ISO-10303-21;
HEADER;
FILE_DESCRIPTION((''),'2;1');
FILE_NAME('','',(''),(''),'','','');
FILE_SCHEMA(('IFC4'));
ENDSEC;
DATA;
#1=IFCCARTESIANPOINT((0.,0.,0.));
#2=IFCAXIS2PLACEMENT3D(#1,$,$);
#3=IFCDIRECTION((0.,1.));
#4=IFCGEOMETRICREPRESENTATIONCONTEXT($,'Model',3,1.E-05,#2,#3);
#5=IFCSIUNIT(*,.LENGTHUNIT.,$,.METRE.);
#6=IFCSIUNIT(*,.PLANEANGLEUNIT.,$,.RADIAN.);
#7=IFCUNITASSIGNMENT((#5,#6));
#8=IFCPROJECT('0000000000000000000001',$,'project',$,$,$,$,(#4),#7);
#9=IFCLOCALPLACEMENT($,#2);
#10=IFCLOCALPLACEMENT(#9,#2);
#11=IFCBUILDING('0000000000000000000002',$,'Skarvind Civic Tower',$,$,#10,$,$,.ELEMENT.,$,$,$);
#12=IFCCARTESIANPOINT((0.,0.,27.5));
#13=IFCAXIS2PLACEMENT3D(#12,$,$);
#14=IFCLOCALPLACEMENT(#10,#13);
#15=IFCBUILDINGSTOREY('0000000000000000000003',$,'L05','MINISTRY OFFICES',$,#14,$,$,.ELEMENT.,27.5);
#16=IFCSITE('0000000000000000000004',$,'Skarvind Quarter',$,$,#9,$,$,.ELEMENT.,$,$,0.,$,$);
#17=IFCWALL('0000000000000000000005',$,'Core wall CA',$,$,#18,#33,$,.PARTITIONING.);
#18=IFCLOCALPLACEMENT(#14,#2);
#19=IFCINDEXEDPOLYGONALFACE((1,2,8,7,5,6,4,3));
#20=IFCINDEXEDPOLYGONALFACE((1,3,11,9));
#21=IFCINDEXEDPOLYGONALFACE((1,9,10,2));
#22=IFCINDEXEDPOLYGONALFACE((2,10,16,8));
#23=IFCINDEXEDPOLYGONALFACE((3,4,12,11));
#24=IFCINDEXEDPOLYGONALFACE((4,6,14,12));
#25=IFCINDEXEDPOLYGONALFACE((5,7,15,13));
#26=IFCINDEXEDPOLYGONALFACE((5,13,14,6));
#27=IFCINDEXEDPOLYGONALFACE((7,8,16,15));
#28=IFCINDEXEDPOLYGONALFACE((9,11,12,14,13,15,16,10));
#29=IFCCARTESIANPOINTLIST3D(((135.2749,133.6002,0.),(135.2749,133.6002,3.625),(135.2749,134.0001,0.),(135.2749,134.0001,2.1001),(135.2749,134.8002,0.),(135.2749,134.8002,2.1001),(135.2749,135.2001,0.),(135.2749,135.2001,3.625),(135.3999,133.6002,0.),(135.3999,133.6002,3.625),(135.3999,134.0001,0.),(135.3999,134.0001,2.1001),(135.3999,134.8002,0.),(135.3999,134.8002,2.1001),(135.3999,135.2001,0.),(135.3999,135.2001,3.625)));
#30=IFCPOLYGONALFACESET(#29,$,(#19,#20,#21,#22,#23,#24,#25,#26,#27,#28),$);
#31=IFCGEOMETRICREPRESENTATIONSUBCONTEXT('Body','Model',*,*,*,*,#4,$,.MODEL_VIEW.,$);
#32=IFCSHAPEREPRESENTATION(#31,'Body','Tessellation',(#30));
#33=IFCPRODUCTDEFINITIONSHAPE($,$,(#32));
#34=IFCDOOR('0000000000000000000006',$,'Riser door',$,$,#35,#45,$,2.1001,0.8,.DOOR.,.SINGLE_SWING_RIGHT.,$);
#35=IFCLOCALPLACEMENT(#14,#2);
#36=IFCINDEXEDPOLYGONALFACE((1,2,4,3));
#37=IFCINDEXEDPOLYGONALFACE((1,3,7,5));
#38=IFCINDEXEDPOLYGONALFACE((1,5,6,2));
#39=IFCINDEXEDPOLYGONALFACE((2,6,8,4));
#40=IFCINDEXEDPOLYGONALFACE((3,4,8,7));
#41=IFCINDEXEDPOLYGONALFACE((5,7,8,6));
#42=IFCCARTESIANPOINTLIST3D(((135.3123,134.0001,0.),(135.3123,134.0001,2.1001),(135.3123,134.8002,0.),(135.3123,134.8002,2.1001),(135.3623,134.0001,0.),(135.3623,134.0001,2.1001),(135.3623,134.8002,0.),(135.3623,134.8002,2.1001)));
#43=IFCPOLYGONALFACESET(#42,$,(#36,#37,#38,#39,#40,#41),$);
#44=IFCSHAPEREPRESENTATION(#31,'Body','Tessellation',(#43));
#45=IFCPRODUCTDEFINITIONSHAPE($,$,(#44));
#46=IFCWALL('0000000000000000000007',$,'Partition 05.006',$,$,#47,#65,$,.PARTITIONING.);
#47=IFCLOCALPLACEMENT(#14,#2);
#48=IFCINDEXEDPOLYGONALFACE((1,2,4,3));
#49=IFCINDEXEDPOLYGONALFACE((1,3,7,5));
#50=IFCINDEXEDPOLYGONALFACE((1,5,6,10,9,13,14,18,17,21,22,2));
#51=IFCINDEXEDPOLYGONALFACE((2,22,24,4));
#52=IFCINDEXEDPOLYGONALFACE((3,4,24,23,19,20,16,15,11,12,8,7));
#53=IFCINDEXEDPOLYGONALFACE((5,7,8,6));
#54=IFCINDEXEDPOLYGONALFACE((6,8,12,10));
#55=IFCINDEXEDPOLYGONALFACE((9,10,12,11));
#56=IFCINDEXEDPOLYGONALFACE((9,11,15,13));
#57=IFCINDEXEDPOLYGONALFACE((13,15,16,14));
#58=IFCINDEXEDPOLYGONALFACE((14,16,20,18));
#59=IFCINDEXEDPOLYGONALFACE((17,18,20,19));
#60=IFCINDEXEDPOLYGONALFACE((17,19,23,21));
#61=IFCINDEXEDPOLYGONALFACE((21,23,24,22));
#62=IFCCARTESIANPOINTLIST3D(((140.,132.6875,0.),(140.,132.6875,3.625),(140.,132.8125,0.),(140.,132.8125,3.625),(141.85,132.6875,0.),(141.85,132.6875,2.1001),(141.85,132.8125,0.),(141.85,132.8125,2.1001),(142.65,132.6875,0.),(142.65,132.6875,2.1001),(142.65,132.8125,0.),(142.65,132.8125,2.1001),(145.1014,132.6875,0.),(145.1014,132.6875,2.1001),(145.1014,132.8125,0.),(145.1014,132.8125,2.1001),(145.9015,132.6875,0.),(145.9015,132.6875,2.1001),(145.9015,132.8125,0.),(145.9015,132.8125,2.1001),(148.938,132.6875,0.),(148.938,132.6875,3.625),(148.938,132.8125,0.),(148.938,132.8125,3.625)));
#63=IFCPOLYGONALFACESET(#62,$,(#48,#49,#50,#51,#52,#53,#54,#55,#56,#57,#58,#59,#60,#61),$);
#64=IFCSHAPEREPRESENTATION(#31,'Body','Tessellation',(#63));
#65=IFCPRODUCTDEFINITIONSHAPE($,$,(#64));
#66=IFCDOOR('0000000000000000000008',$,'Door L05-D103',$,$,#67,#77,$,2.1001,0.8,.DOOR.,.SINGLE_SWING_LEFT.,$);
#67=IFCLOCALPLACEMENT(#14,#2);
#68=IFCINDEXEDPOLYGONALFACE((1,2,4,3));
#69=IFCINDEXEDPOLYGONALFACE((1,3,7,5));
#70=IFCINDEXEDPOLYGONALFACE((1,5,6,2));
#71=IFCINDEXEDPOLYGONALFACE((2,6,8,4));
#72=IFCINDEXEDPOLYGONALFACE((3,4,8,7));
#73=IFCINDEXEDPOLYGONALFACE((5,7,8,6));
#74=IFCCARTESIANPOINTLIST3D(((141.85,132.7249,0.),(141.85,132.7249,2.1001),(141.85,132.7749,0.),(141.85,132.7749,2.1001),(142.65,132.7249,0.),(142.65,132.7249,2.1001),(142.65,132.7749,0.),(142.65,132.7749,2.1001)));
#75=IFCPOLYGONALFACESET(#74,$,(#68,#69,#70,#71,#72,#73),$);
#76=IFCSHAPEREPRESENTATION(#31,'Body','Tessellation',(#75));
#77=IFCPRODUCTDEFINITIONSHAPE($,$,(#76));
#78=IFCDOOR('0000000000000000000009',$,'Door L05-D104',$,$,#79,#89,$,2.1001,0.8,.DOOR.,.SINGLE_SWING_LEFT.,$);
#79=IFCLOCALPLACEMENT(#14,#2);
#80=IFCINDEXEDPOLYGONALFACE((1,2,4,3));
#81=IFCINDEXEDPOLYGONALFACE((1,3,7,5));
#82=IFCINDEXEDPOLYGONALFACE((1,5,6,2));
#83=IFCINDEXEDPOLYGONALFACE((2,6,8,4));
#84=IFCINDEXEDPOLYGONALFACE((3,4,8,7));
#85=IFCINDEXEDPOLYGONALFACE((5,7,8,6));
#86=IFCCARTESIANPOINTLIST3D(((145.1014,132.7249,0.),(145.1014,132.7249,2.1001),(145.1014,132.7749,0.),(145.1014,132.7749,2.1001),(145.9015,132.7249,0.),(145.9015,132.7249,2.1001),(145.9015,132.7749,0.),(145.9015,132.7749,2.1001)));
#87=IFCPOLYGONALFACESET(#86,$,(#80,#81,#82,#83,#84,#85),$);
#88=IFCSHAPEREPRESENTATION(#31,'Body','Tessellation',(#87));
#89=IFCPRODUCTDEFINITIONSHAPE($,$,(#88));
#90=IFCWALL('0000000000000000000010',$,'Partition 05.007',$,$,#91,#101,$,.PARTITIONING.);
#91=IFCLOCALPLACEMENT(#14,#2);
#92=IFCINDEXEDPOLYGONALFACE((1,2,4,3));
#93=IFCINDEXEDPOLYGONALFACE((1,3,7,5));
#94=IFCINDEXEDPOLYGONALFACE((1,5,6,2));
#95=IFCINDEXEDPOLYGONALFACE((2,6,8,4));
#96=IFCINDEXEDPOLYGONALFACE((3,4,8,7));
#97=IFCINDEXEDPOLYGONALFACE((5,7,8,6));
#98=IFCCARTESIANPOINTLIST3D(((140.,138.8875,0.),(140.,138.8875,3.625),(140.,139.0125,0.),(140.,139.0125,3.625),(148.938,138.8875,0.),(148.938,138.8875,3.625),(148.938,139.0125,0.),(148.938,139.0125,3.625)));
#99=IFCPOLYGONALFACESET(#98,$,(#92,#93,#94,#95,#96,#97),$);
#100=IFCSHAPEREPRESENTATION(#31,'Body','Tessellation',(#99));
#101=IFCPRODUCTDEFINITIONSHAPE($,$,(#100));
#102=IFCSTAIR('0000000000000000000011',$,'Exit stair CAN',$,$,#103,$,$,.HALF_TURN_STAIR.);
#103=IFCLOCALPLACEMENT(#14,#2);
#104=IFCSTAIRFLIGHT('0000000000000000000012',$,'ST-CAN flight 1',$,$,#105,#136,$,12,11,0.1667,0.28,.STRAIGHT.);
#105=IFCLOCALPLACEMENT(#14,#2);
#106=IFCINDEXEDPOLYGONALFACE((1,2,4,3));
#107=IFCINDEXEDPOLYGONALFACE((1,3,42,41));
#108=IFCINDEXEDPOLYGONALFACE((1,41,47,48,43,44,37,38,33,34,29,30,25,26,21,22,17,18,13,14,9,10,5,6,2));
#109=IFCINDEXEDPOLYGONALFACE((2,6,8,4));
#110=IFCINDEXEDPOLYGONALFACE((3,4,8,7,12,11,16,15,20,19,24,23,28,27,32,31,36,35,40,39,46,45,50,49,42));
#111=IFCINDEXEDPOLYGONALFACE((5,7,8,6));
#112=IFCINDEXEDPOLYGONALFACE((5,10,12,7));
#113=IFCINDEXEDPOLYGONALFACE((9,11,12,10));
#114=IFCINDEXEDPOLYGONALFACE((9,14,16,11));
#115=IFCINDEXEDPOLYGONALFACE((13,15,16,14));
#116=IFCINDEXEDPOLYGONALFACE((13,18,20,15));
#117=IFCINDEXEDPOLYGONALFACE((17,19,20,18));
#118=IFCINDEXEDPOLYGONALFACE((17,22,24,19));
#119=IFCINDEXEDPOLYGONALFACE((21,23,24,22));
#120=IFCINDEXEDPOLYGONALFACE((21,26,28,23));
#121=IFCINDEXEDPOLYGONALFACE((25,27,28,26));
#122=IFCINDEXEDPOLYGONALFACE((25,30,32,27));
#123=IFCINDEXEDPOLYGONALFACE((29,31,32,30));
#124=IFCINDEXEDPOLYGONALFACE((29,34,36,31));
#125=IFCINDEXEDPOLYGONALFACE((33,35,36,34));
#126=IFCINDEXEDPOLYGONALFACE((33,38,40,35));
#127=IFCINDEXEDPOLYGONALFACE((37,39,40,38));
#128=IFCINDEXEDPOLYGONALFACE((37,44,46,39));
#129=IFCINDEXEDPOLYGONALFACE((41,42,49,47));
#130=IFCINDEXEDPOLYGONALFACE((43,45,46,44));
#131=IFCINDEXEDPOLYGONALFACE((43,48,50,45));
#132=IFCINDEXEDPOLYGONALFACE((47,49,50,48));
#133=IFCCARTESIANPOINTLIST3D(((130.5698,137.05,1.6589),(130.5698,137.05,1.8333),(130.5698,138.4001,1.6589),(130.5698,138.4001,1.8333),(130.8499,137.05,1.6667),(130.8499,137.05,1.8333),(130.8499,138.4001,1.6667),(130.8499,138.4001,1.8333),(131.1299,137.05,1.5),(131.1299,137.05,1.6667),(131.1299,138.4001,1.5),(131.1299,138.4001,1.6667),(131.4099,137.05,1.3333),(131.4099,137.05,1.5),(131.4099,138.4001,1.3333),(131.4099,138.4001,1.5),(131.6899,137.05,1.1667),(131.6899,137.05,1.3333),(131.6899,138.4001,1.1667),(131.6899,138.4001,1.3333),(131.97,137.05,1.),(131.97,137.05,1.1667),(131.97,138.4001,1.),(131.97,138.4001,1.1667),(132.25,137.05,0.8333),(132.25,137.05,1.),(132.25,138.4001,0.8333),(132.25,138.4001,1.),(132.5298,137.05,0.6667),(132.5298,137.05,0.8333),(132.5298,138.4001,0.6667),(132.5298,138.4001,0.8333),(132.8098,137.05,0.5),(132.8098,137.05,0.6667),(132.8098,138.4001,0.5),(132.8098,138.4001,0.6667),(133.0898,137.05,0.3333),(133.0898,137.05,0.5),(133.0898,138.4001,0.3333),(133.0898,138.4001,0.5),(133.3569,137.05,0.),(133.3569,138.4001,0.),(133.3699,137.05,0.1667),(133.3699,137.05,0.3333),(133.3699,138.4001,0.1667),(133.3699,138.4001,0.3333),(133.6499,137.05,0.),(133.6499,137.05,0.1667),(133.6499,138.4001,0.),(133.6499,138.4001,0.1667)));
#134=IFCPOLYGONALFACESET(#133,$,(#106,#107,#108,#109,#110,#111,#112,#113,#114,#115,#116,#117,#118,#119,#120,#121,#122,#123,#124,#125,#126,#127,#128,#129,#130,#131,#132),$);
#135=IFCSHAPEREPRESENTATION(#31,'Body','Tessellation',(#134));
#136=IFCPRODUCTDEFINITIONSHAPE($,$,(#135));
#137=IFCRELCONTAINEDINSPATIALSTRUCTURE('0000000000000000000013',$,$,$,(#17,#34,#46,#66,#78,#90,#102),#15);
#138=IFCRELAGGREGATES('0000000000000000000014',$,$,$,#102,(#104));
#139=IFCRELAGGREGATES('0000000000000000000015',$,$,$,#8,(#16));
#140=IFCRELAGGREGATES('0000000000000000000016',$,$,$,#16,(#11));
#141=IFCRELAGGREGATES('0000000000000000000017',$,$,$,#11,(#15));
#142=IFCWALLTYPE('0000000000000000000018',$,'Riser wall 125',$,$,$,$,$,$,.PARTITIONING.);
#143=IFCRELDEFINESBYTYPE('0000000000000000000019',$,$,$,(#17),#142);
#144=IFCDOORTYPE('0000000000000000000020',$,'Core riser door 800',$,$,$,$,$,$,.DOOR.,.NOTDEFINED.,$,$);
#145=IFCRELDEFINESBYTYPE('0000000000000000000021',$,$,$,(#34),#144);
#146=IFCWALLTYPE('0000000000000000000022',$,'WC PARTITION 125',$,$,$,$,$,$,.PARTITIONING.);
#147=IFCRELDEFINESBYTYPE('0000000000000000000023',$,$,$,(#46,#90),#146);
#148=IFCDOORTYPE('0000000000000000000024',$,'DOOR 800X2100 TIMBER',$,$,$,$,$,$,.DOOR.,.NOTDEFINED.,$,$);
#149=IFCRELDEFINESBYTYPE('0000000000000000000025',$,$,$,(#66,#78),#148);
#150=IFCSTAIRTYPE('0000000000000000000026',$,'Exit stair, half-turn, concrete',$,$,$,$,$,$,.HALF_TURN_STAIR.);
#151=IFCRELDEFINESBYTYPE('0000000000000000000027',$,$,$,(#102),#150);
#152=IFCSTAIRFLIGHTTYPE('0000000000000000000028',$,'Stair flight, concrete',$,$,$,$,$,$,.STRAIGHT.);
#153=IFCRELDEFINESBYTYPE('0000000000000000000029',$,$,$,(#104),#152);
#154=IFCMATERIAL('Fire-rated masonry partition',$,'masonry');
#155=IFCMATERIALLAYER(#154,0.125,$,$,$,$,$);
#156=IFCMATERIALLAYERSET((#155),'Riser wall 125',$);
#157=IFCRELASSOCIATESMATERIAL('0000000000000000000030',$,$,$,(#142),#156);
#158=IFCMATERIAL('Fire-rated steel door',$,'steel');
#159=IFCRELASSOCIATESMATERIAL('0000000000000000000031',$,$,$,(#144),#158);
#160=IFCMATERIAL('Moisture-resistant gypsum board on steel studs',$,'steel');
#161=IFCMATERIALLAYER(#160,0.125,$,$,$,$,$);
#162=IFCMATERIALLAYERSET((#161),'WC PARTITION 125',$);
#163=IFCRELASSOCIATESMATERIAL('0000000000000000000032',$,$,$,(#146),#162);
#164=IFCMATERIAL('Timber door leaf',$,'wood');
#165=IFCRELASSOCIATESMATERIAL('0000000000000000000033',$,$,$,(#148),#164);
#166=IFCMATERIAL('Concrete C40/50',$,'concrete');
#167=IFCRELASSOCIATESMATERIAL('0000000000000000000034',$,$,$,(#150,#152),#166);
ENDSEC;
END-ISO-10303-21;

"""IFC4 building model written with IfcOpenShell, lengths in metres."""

from ifc_helpers import new_model, si_unit, direction, frame, frame_2d, origin, place, context, subcontext, project, spatial, polyline, rectangle, outline, extrude, material, layer, layer_set, type_object, element, fill, aggregate, save


model = new_model("IFC4")

# Units and contexts
model_context = context("Model", 3, precision=1e-05, world=origin(), true_north=direction((0.0, 1.0)))
body_context = subcontext(model_context, "Body", "Model", "MODEL_VIEW")
ifc_project = project(units=[si_unit("LENGTHUNIT", "METRE"), si_unit("PLANEANGLEUNIT", "RADIAN")], contexts=[model_context])

# Site, building, storey
site_placement = place(None, origin())
site = spatial("IfcSite", under=ifc_project, at=site_placement, Name="Skarvind Quarter", CompositionType="ELEMENT", RefElevation=0.0)
building_placement = place(site_placement, origin())
building = spatial("IfcBuilding", under=site, at=building_placement, Name="Skarvind Civic Tower", CompositionType="ELEMENT")
storey_placement = place(building_placement, frame((0.0, 0.0, 27.5)))
storey = spatial("IfcBuildingStorey", under=building, at=storey_placement, Name="L05", Description="MINISTRY OFFICES", CompositionType="ELEMENT", Elevation=27.5)

# Shared definitions
ifc_material_1 = material(Name="Timber door leaf", Category="wood")
ifc_material_2 = material(Name="Fire-rated masonry partition", Category="masonry")
ifc_material_3 = material(Name="Fire-rated steel door", Category="steel")

# Wall, opening, door
ifc_layer_1 = layer(ifc_material_2, 0.125)
ifc_layer_set_1 = layer_set([ifc_layer_1], Name="Riser wall 125")
wall_type_1 = type_object("IfcWallType", Name="Riser wall 125", PredefinedType="PARTITIONING", material=ifc_layer_set_1)
wall_1_placement = place(storey_placement, frame((135.3374, 135.2, 0.0), z_axis=(0.0, 0.0, 1.0), x_axis=(0.0, -1.0, 0.0)))
wall_1 = element("IfcWall", 1, at=wall_1_placement, inside=storey, type_object=wall_type_1, Name="Core wall CA", PredefinedType="PARTITIONING", context=body_context, shape_type="SweptSolid", body=[
    extrude(rectangle(XDim=1.5999, YDim=0.125, at=frame_2d((0.7998, 0.0))), origin(), (0.0, 0.0, 1.0), 3.625),
])
opening_1_placement = place(wall_1_placement, frame((0.3999, 0.0, 0.0)))
opening_1 = element("IfcOpeningElement", 2, at=opening_1_placement, cuts=wall_1, PredefinedType="OPENING", context=body_context, shape_type="SweptSolid", body=[
    extrude(rectangle(XDim=0.8, YDim=2.1001, at=frame_2d((0.3999, 1.05))), frame((0.0, 0.0725, 0.0), z_axis=(0.0, -1.0, 0.0), x_axis=(1.0, 0.0, 0.0)), (0.0, 0.0, 1.0), 0.145),
])
door_type_1 = type_object("IfcDoorType", Name="Core riser door 800", OperationType="NOTDEFINED", PredefinedType="DOOR", material=ifc_material_3)
door_1_placement = place(opening_1_placement, origin())
door_1 = element("IfcDoor", 3, at=door_1_placement, inside=storey, type_object=door_type_1, Name="Riser door", OperationType="SINGLE_SWING_RIGHT", OverallHeight=2.1001, OverallWidth=0.8, PredefinedType="DOOR", context=body_context, shape_type="SweptSolid", body=[
    extrude(rectangle(XDim=0.8, YDim=2.1001, at=frame_2d((0.3999, 1.05))), frame((0.0, 0.0249, 0.0), z_axis=(0.0, -1.0, 0.0), x_axis=(1.0, 0.0, 0.0)), (0.0, 0.0, 1.0), 0.05),
])
fill(opening_1, door_1)

# Wall, openings, doors
ifc_material_4 = material(Name="Moisture-resistant gypsum board on steel studs", Category="steel")
ifc_layer_2 = layer(ifc_material_4, 0.125)
ifc_layer_set_2 = layer_set([ifc_layer_2], Name="WC PARTITION 125")
wall_type_2 = type_object("IfcWallType", Name="WC PARTITION 125", PredefinedType="PARTITIONING", material=ifc_layer_set_2)
wall_2_placement = place(storey_placement, frame((140.0, 132.75, 0.0), z_axis=(0.0, 0.0, 1.0), x_axis=(1.0, 0.0, 0.0)))
wall_2 = element("IfcWall", 4, at=wall_2_placement, inside=storey, type_object=wall_type_2, Name="Partition 05.006", PredefinedType="PARTITIONING", context=body_context, shape_type="SweptSolid", body=[
    extrude(rectangle(XDim=8.938, YDim=0.125, at=frame_2d((4.469, 0.0))), origin(), (0.0, 0.0, 1.0), 3.625),
])
opening_2_placement = place(wall_2_placement, frame((1.8501, 0.0, 0.0)))
opening_2 = element("IfcOpeningElement", 5, at=opening_2_placement, cuts=wall_2, PredefinedType="OPENING", context=body_context, shape_type="SweptSolid", body=[
    extrude(rectangle(XDim=0.8, YDim=2.1001, at=frame_2d((0.3999, 1.05))), frame((0.0, 0.0725, 0.0), z_axis=(0.0, -1.0, 0.0), x_axis=(1.0, 0.0, 0.0)), (0.0, 0.0, 1.0), 0.145),
])
opening_3_placement = place(wall_2_placement, frame((5.1016, 0.0, 0.0)))
opening_3 = element("IfcOpeningElement", 6, at=opening_3_placement, cuts=wall_2, PredefinedType="OPENING", context=body_context, shape_type="SweptSolid", body=[
    extrude(rectangle(XDim=0.8, YDim=2.1001, at=frame_2d((0.3999, 1.05))), frame((0.0, 0.0725, 0.0), z_axis=(0.0, -1.0, 0.0), x_axis=(1.0, 0.0, 0.0)), (0.0, 0.0, 1.0), 0.145),
])
door_type_2 = type_object("IfcDoorType", Name="DOOR 800X2100 TIMBER", OperationType="NOTDEFINED", PredefinedType="DOOR", material=ifc_material_1)
door_2_placement = place(opening_2_placement, origin())
door_2 = element("IfcDoor", 7, at=door_2_placement, inside=storey, type_object=door_type_2, Name="Door L05-D103", OperationType="SINGLE_SWING_LEFT", OverallHeight=2.1001, OverallWidth=0.8, PredefinedType="DOOR", context=body_context, shape_type="SweptSolid", body=[
    extrude(rectangle(XDim=0.8, YDim=2.1001, at=frame_2d((0.3999, 1.05))), frame((0.0, 0.0249, 0.0), z_axis=(0.0, -1.0, 0.0), x_axis=(1.0, 0.0, 0.0)), (0.0, 0.0, 1.0), 0.05),
])
fill(opening_2, door_2)
door_3_placement = place(opening_3_placement, origin())
door_3 = element("IfcDoor", 8, at=door_3_placement, inside=storey, type_object=door_type_2, Name="Door L05-D104", OperationType="SINGLE_SWING_LEFT", OverallHeight=2.1001, OverallWidth=0.8, PredefinedType="DOOR", context=body_context, shape_type="SweptSolid", body=[
    extrude(rectangle(XDim=0.8, YDim=2.1001, at=frame_2d((0.3999, 1.05))), frame((0.0, 0.0249, 0.0), z_axis=(0.0, -1.0, 0.0), x_axis=(1.0, 0.0, 0.0)), (0.0, 0.0, 1.0), 0.05),
])
fill(opening_3, door_3)

# Wall
wall_3_placement = place(storey_placement, frame((140.0, 138.95, 0.0), z_axis=(0.0, 0.0, 1.0), x_axis=(1.0, 0.0, 0.0)))
element("IfcWall", 9, at=wall_3_placement, inside=storey, type_object=wall_type_2, Name="Partition 05.007", PredefinedType="PARTITIONING", context=body_context, shape_type="SweptSolid", body=[
    extrude(rectangle(XDim=8.938, YDim=0.125, at=frame_2d((4.469, 0.0))), origin(), (0.0, 0.0, 1.0), 3.625),
])

# Stair, stair flight
ifc_material_5 = material(Name="Concrete C40/50", Category="concrete")
stair_type = type_object("IfcStairType", Name="Exit stair, half-turn, concrete", PredefinedType="HALF_TURN_STAIR", material=ifc_material_5)
stair_placement = place(storey_placement, origin())
stair = element("IfcStair", 10, at=stair_placement, inside=storey, type_object=stair_type, Name="Exit stair CAN", PredefinedType="HALF_TURN_STAIR")
stair_flight_type = type_object("IfcStairFlightType", Name="Stair flight, concrete", PredefinedType="STRAIGHT", material=ifc_material_5)
stair_flight_placement = place(storey_placement, frame((133.6499, 137.7251, 0.0), z_axis=(0.0, 0.0, 1.0), x_axis=(-1.0, 0.0, 0.0)))
stair_flight = element("IfcStairFlight", 11, at=stair_flight_placement, type_object=stair_flight_type, Name="ST-CAN flight 1", NumberOfRisers=12, NumberOfTreads=11, PredefinedType="STRAIGHT", RiserHeight=0.1667, TreadLength=0.28, context=body_context, shape_type="SweptSolid", body=[
    extrude(outline(polyline([(0.0, 0.0), (0.0, 0.1667), (0.28, 0.1667), (0.28, 0.3333), (0.5601, 0.3333), (0.5601, 0.5), (0.8401, 0.5), (0.8401, 0.6667), (1.1201, 0.6667), (1.1201, 0.8333), (1.3999, 0.8333), (1.3999, 1.0), (1.6799, 1.0), (1.6799, 1.1667), (1.96, 1.1667), (1.96, 1.3333), (2.24, 1.3333), (2.24, 1.5), (2.52, 1.5), (2.52, 1.6667), (2.8, 1.6667), (2.8, 1.8333), (3.0801, 1.8333), (3.0801, 2.0), (3.0801, 1.6589), (0.293, 0.0), (0.0, 0.0)])), frame((0.0, 0.675, 0.0), z_axis=(0.0, -1.0, 0.0), x_axis=(1.0, 0.0, 0.0)), (0.0, 0.0, 1.0), 1.3501),
])
aggregate(stair, [stair_flight])

save(model, "model.ifc")
